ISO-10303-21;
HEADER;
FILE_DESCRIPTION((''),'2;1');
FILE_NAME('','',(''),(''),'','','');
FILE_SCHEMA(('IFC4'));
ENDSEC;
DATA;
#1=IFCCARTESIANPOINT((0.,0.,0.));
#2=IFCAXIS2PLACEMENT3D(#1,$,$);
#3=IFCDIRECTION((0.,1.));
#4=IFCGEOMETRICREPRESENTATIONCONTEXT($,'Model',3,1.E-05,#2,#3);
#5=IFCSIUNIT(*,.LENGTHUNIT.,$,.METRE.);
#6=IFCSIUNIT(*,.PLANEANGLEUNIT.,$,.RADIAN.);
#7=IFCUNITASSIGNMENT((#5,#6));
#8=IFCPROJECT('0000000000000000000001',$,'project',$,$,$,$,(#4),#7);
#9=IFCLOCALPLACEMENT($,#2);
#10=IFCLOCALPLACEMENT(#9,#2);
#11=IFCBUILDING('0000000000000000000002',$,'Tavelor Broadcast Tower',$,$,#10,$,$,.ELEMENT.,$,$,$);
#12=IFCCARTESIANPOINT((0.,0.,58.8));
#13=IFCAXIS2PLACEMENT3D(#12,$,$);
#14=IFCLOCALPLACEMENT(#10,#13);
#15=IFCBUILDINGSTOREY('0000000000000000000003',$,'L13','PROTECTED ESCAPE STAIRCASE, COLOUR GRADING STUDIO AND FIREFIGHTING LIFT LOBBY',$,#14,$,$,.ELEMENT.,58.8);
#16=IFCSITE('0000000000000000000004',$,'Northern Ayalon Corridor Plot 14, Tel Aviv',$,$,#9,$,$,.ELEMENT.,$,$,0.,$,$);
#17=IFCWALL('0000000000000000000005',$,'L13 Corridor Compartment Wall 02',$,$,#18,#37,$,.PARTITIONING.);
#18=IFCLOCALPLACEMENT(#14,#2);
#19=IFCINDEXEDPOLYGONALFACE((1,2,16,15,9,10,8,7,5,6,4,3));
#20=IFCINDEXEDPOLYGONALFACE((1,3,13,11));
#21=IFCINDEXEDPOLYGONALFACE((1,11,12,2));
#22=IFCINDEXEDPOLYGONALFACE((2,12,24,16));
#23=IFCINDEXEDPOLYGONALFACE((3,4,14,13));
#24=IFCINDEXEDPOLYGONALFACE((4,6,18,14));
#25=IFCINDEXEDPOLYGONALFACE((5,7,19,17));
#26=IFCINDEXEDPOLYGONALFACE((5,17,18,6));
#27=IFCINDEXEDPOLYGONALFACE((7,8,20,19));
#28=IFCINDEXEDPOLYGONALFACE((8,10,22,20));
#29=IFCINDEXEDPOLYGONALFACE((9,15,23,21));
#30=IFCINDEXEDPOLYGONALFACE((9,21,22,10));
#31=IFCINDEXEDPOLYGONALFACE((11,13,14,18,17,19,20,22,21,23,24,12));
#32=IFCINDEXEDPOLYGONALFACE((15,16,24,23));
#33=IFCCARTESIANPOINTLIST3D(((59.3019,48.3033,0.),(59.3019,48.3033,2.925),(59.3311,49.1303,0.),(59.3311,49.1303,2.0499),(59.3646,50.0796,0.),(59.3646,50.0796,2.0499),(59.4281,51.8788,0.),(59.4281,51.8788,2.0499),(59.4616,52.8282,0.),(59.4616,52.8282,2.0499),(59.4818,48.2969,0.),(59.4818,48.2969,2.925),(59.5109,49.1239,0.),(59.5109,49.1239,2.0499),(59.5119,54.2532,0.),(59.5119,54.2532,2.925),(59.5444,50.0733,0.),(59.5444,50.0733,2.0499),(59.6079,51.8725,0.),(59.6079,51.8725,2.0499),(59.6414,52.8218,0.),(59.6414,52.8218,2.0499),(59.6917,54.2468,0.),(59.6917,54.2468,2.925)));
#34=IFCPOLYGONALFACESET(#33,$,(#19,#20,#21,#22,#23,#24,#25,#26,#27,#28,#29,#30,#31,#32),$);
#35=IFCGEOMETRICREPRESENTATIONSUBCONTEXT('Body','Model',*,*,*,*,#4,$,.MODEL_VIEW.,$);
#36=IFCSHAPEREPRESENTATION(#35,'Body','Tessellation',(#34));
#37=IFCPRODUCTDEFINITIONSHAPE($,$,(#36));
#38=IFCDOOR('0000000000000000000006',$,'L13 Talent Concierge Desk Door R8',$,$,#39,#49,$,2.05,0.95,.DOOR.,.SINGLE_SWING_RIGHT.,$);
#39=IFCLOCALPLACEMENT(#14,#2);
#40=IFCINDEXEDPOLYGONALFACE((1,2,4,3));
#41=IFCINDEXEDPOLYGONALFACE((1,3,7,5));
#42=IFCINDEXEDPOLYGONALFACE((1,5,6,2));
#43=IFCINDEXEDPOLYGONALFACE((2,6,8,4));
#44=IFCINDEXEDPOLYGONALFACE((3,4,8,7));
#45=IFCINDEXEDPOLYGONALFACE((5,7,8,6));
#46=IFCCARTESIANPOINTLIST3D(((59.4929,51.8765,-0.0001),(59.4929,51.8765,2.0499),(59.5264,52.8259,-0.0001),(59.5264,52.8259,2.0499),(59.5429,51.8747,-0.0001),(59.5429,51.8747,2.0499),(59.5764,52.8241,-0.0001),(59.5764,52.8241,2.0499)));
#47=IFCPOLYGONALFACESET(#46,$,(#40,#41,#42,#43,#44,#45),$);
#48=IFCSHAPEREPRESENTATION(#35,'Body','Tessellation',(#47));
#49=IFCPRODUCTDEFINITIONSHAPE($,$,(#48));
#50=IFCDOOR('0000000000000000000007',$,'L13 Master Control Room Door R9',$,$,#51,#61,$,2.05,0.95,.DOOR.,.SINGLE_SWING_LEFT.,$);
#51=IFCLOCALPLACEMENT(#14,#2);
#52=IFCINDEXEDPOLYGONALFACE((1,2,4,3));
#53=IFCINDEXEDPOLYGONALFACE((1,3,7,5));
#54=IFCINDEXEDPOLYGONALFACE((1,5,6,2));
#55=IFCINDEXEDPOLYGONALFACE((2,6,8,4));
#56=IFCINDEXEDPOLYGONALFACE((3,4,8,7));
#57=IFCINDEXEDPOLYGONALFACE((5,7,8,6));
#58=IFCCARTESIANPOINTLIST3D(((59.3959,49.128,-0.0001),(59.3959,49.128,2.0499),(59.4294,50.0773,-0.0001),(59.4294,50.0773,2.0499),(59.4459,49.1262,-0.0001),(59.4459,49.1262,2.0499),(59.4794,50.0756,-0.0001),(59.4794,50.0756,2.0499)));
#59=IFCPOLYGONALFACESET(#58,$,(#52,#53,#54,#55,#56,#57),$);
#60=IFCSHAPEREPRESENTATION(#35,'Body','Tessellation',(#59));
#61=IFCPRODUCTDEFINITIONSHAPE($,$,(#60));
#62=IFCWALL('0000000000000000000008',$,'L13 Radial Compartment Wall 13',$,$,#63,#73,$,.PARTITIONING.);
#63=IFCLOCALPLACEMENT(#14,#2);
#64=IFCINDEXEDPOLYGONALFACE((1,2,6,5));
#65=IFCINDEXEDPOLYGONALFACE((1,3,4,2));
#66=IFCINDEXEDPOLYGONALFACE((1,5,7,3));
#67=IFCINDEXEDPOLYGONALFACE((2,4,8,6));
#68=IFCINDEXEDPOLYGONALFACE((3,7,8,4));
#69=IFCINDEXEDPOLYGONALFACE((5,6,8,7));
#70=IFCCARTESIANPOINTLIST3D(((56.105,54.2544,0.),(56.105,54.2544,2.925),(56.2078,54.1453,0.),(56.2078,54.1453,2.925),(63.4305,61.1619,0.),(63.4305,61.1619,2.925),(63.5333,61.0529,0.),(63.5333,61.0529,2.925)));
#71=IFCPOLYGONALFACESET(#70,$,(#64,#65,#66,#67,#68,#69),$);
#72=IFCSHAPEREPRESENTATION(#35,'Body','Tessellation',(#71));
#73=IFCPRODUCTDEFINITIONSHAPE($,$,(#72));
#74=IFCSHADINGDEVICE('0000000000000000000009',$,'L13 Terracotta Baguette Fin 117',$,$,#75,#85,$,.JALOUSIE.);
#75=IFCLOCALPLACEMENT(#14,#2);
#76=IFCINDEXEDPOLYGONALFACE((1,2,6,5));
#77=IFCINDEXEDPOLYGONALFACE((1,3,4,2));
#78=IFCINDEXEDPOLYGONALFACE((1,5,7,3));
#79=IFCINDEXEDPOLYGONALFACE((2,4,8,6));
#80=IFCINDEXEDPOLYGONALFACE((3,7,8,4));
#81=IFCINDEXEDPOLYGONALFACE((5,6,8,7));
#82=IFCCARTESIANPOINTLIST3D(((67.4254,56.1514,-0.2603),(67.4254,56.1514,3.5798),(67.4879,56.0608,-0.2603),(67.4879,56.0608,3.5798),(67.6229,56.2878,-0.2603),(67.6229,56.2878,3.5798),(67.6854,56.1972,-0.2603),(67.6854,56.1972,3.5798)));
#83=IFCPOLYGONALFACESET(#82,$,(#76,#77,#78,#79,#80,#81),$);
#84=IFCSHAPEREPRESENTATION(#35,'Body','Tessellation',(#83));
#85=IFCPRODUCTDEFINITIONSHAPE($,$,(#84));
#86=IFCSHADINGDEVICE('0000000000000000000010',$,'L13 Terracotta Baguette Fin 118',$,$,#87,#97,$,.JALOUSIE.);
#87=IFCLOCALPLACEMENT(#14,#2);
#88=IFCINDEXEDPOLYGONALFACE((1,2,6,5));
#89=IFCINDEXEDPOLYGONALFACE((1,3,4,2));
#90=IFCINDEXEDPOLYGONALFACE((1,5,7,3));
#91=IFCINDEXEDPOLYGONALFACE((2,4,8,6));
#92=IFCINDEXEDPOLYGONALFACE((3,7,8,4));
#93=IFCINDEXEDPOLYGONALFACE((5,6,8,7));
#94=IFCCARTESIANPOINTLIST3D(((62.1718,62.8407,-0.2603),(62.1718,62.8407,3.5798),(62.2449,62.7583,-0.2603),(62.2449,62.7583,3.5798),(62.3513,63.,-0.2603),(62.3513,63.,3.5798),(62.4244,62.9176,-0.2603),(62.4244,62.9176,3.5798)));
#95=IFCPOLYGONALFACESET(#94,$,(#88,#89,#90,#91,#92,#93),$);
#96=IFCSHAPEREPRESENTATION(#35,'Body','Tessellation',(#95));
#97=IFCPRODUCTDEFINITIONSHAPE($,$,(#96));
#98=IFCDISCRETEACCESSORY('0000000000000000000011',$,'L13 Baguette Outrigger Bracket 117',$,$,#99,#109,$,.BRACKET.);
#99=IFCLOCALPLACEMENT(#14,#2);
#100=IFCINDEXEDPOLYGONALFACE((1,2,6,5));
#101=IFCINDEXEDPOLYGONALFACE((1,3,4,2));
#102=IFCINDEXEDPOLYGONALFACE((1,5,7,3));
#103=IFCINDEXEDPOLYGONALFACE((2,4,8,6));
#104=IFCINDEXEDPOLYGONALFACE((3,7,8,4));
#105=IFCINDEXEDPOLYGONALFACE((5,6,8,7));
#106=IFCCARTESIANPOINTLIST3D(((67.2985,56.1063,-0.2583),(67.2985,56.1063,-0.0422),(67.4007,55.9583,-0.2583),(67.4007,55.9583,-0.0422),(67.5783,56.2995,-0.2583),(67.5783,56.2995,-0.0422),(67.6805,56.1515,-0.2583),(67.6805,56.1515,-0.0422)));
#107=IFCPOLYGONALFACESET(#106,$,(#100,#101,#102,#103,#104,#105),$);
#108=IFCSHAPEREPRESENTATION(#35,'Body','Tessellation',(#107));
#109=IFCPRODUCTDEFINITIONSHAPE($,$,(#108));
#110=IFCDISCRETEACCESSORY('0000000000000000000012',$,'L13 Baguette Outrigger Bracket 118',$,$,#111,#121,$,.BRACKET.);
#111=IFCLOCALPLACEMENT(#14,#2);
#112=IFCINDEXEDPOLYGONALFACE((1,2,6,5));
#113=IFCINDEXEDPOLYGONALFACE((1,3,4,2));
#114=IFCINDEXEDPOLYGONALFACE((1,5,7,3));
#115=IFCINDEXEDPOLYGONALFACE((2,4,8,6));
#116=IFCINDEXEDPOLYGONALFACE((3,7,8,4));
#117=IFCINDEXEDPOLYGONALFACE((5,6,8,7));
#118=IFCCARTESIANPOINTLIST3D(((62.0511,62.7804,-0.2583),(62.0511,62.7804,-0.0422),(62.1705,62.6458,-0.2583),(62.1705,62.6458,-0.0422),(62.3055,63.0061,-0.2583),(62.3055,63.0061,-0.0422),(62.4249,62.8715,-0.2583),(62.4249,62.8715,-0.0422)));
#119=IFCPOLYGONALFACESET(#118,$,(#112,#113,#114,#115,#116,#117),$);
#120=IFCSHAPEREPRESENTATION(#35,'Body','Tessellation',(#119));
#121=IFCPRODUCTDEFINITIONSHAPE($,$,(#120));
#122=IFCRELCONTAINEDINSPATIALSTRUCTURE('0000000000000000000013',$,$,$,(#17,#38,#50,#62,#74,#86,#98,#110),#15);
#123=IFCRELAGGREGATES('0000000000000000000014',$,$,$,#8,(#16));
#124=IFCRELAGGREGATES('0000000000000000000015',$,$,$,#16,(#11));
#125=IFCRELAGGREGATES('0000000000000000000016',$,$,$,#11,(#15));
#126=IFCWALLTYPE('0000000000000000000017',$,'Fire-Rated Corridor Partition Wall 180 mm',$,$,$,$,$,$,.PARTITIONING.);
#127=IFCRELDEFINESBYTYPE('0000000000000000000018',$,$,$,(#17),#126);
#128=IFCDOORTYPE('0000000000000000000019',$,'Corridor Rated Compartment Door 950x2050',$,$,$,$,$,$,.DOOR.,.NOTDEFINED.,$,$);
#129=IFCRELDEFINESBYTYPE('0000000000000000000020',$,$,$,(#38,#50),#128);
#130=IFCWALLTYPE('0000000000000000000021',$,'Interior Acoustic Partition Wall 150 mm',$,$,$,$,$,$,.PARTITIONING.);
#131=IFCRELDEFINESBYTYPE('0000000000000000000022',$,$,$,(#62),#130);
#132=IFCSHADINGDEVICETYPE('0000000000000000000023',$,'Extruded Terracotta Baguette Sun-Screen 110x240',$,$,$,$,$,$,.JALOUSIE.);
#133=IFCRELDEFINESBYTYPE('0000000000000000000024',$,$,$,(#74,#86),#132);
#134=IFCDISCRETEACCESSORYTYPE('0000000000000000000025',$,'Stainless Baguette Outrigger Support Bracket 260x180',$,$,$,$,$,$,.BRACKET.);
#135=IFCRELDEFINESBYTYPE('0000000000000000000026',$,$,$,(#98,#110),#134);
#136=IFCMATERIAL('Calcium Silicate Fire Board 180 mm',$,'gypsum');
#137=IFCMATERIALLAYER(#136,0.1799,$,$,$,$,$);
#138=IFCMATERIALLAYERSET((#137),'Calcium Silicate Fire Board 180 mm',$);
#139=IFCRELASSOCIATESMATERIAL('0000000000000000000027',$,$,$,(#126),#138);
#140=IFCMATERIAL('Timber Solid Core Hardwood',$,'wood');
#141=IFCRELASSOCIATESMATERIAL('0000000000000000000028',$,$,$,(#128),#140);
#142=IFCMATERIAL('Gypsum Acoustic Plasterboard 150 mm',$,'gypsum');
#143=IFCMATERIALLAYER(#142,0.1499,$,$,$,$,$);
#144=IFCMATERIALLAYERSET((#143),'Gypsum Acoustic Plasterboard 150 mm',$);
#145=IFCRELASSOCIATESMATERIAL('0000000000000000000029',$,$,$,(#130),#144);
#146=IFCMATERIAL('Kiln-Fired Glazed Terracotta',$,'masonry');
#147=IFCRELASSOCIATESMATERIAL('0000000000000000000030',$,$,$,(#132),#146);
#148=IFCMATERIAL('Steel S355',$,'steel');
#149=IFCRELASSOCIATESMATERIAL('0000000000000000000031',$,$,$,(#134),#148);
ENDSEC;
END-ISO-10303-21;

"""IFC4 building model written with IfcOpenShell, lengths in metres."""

from ifc_helpers import new_model, si_unit, direction, frame, frame_2d, origin, origin_2d, place, context, subcontext, project, spatial, rectangle, extrude, source, transform, mapped, material, layer, layer_set, type_object, type_shapes, element, fill, save


model = new_model("IFC4")

# Units and contexts
model_context = context("Model", 3, precision=1e-05, world=origin(), true_north=direction((0.0, 1.0)))
body_context = subcontext(model_context, "Body", "Model", "MODEL_VIEW")
ifc_project = project(units=[si_unit("LENGTHUNIT", "METRE"), si_unit("PLANEANGLEUNIT", "RADIAN")], contexts=[model_context])

# Site, building, storey
site_placement = place(None, origin())
site = spatial("IfcSite", under=ifc_project, at=site_placement, Name="Northern Ayalon Corridor Plot 14, Tel Aviv", CompositionType="ELEMENT", RefElevation=0.0)
building_placement = place(site_placement, origin())
building = spatial("IfcBuilding", under=site, at=building_placement, Name="Tavelor Broadcast Tower", CompositionType="ELEMENT")
storey_placement = place(building_placement, frame((0.0, 0.0, 58.8)))
storey = spatial("IfcBuildingStorey", under=building, at=storey_placement, Name="L13", Description="PROTECTED ESCAPE STAIRCASE, COLOUR GRADING STUDIO AND FIREFIGHTING LIFT LOBBY", CompositionType="ELEMENT", Elevation=58.8)

# Shared definitions
ifc_material_1 = material(Name="Steel S355", Category="steel")

# Shared definitions
ifc_material_2 = material(Name="Calcium Silicate Fire Board 180 mm", Category="gypsum")
ifc_layer_1 = layer(ifc_material_2, 0.1799)
ifc_layer_set_1 = layer_set([ifc_layer_1], Name="Calcium Silicate Fire Board 180 mm")
wall_type_1 = type_object("IfcWallType", Name="Fire-Rated Corridor Partition Wall 180 mm", PredefinedType="PARTITIONING", material=ifc_layer_set_1)

# Wall, openings, doors
wall_1_placement = place(storey_placement, frame((59.6018, 54.25, 0.0), z_axis=(0.0, 0.0, 1.0), x_axis=(-0.035266, -0.999378, 0.0)))
wall_1 = element("IfcWall", 1, at=wall_1_placement, inside=storey, type_object=wall_type_1, Name="L13 Corridor Compartment Wall 02", PredefinedType="PARTITIONING", context=body_context, shape_type="SweptSolid", body=[
    extrude(rectangle(XDim=5.9536, YDim=0.1799, at=frame_2d((2.9768, 0.0))), origin(), (0.0, 0.0, 1.0), 2.925),
])
opening_1_placement = place(wall_1_placement, frame((1.4258, 0.0, 0.0)))
opening_1 = element("IfcOpeningElement", 2, at=opening_1_placement, cuts=wall_1, PredefinedType="OPENING", context=body_context, shape_type="SweptSolid", body=[
    extrude(rectangle(XDim=0.95, YDim=2.05, at=frame_2d((0.4751, 1.0249))), frame((0.0, 0.1001, 0.0), z_axis=(0.0, -1.0, 0.0), x_axis=(1.0, 0.0, 0.0)), (0.0, 0.0, 1.0), 0.2),
])
opening_2_placement = place(wall_1_placement, frame((4.176, 0.0, 0.0)))
opening_2 = element("IfcOpeningElement", 3, at=opening_2_placement, cuts=wall_1, PredefinedType="OPENING", context=body_context, shape_type="SweptSolid", body=[
    extrude(rectangle(XDim=0.95, YDim=2.05, at=frame_2d((0.4751, 1.0249))), frame((0.0, 0.1001, 0.0), z_axis=(0.0, -1.0, 0.0), x_axis=(1.0, 0.0, 0.0)), (0.0, 0.0, 1.0), 0.2),
])
ifc_material_3 = material(Name="Timber Solid Core Hardwood", Category="wood")
door_type = type_object("IfcDoorType", Name="Corridor Rated Compartment Door 950x2050", OperationType="NOTDEFINED", PredefinedType="DOOR", material=ifc_material_3)
door_1_placement = place(opening_1_placement, origin())
door_1 = element("IfcDoor", 4, at=door_1_placement, inside=storey, type_object=door_type, Name="L13 Talent Concierge Desk Door R8", OperationType="SINGLE_SWING_RIGHT", OverallHeight=2.05, OverallWidth=0.95, PredefinedType="DOOR", context=body_context, shape_type="SweptSolid", body=[
    extrude(rectangle(XDim=0.95, YDim=2.05, at=frame_2d((0.4751, 1.0249))), frame((0.0, 0.0249, 0.0), z_axis=(0.0, -1.0, 0.0), x_axis=(1.0, 0.0, 0.0)), (0.0, 0.0, 1.0), 0.05),
])
fill(opening_1, door_1)
door_2_placement = place(opening_2_placement, origin())
door_2 = element("IfcDoor", 5, at=door_2_placement, inside=storey, type_object=door_type, Name="L13 Master Control Room Door R9", OperationType="SINGLE_SWING_LEFT", OverallHeight=2.05, OverallWidth=0.95, PredefinedType="DOOR", context=body_context, shape_type="SweptSolid", body=[
    extrude(rectangle(XDim=0.95, YDim=2.05, at=frame_2d((0.4751, 1.0249))), frame((0.0, 0.0249, 0.0), z_axis=(0.0, -1.0, 0.0), x_axis=(1.0, 0.0, 0.0)), (0.0, 0.0, 1.0), 0.05),
])
fill(opening_2, door_2)

# Wall
ifc_material_4 = material(Name="Gypsum Acoustic Plasterboard 150 mm", Category="gypsum")
ifc_layer_2 = layer(ifc_material_4, 0.1499)
ifc_layer_set_2 = layer_set([ifc_layer_2], Name="Gypsum Acoustic Plasterboard 150 mm")
wall_type_2 = type_object("IfcWallType", Name="Interior Acoustic Partition Wall 150 mm", PredefinedType="PARTITIONING", material=ifc_layer_set_2)
wall_2_placement = place(storey_placement, frame((56.1565, 54.2, 0.0), z_axis=(0.0, 0.0, 1.0), x_axis=(0.727558, 0.686046, 0.0)))
element("IfcWall", 6, at=wall_2_placement, inside=storey, type_object=wall_type_2, Name="L13 Radial Compartment Wall 13", PredefinedType="PARTITIONING", context=body_context, shape_type="SweptSolid", body=[
    extrude(rectangle(XDim=10.0686, YDim=0.1499, at=frame_2d((5.0342, 0.0))), origin(), (0.0, 0.0, 1.0), 2.925),
])

# Shading devices
ifc_material_5 = material(Name="Kiln-Fired Glazed Terracotta", Category="masonry")
shading_device_type = type_object("IfcShadingDeviceType", Name="Extruded Terracotta Baguette Sun-Screen 110x240", PredefinedType="JALOUSIE", material=ifc_material_5)
shared_shape_1 = source(origin(), body_context, "Body", "SweptSolid", [
    extrude(rectangle(XDim=0.1101, YDim=0.24, at=origin_2d()), origin(), (0.0, 0.0, 1.0), 3.8401),
])
type_shapes(shading_device_type, [shared_shape_1])
for number, where, z_axis, x_axis, name in (
    (7, (67.5554, 56.1743, -0.2603), (0.0, 0.0, 1.0), (-0.568131, 0.822938, 0.0), "L13 Terracotta Baguette Fin 117"),
    (8, (62.2981, 62.8792, -0.2603), (0.0, 0.0, 1.0), (-0.663665, 0.74803, 0.0), "L13 Terracotta Baguette Fin 118"),
):
    element("IfcShadingDevice", number, at=place(storey_placement, frame(where, z_axis=z_axis, x_axis=x_axis)), inside=storey, type_object=shading_device_type, Name=name, PredefinedType="JALOUSIE", context=body_context, shape_type="MappedRepresentation", body=[
        mapped(shared_shape_1, transform((0.0, 0.0, 0.0), scale=1.0)),
    ])

# Discrete accessories
discrete_accessory_type = type_object("IfcDiscreteAccessoryType", Name="Stainless Baguette Outrigger Support Bracket 260x180", PredefinedType="BRACKET", material=ifc_material_1)
shared_shape_2 = source(origin(), body_context, "Body", "SweptSolid", [
    extrude(rectangle(XDim=0.1799, YDim=0.3401, at=origin_2d()), origin(), (0.0, 0.0, 1.0), 0.2161),
])
type_shapes(discrete_accessory_type, [shared_shape_2])
for number, where, z_axis, x_axis, name in (
    (9, (67.4895, 56.1289, -0.2583), (0.0, 0.0, 1.0), (-0.568131, 0.822938, 0.0), "L13 Baguette Outrigger Bracket 117"),
    (10, (62.238, 62.8259, -0.2583), (0.0, 0.0, 1.0), (-0.663665, 0.74803, 0.0), "L13 Baguette Outrigger Bracket 118"),
):
    element("IfcDiscreteAccessory", number, at=place(storey_placement, frame(where, z_axis=z_axis, x_axis=x_axis)), inside=storey, type_object=discrete_accessory_type, Name=name, PredefinedType="BRACKET", context=body_context, shape_type="MappedRepresentation", body=[
        mapped(shared_shape_2, transform((0.0, 0.0, 0.0), scale=1.0)),
    ])

save(model, "model.ifc")
